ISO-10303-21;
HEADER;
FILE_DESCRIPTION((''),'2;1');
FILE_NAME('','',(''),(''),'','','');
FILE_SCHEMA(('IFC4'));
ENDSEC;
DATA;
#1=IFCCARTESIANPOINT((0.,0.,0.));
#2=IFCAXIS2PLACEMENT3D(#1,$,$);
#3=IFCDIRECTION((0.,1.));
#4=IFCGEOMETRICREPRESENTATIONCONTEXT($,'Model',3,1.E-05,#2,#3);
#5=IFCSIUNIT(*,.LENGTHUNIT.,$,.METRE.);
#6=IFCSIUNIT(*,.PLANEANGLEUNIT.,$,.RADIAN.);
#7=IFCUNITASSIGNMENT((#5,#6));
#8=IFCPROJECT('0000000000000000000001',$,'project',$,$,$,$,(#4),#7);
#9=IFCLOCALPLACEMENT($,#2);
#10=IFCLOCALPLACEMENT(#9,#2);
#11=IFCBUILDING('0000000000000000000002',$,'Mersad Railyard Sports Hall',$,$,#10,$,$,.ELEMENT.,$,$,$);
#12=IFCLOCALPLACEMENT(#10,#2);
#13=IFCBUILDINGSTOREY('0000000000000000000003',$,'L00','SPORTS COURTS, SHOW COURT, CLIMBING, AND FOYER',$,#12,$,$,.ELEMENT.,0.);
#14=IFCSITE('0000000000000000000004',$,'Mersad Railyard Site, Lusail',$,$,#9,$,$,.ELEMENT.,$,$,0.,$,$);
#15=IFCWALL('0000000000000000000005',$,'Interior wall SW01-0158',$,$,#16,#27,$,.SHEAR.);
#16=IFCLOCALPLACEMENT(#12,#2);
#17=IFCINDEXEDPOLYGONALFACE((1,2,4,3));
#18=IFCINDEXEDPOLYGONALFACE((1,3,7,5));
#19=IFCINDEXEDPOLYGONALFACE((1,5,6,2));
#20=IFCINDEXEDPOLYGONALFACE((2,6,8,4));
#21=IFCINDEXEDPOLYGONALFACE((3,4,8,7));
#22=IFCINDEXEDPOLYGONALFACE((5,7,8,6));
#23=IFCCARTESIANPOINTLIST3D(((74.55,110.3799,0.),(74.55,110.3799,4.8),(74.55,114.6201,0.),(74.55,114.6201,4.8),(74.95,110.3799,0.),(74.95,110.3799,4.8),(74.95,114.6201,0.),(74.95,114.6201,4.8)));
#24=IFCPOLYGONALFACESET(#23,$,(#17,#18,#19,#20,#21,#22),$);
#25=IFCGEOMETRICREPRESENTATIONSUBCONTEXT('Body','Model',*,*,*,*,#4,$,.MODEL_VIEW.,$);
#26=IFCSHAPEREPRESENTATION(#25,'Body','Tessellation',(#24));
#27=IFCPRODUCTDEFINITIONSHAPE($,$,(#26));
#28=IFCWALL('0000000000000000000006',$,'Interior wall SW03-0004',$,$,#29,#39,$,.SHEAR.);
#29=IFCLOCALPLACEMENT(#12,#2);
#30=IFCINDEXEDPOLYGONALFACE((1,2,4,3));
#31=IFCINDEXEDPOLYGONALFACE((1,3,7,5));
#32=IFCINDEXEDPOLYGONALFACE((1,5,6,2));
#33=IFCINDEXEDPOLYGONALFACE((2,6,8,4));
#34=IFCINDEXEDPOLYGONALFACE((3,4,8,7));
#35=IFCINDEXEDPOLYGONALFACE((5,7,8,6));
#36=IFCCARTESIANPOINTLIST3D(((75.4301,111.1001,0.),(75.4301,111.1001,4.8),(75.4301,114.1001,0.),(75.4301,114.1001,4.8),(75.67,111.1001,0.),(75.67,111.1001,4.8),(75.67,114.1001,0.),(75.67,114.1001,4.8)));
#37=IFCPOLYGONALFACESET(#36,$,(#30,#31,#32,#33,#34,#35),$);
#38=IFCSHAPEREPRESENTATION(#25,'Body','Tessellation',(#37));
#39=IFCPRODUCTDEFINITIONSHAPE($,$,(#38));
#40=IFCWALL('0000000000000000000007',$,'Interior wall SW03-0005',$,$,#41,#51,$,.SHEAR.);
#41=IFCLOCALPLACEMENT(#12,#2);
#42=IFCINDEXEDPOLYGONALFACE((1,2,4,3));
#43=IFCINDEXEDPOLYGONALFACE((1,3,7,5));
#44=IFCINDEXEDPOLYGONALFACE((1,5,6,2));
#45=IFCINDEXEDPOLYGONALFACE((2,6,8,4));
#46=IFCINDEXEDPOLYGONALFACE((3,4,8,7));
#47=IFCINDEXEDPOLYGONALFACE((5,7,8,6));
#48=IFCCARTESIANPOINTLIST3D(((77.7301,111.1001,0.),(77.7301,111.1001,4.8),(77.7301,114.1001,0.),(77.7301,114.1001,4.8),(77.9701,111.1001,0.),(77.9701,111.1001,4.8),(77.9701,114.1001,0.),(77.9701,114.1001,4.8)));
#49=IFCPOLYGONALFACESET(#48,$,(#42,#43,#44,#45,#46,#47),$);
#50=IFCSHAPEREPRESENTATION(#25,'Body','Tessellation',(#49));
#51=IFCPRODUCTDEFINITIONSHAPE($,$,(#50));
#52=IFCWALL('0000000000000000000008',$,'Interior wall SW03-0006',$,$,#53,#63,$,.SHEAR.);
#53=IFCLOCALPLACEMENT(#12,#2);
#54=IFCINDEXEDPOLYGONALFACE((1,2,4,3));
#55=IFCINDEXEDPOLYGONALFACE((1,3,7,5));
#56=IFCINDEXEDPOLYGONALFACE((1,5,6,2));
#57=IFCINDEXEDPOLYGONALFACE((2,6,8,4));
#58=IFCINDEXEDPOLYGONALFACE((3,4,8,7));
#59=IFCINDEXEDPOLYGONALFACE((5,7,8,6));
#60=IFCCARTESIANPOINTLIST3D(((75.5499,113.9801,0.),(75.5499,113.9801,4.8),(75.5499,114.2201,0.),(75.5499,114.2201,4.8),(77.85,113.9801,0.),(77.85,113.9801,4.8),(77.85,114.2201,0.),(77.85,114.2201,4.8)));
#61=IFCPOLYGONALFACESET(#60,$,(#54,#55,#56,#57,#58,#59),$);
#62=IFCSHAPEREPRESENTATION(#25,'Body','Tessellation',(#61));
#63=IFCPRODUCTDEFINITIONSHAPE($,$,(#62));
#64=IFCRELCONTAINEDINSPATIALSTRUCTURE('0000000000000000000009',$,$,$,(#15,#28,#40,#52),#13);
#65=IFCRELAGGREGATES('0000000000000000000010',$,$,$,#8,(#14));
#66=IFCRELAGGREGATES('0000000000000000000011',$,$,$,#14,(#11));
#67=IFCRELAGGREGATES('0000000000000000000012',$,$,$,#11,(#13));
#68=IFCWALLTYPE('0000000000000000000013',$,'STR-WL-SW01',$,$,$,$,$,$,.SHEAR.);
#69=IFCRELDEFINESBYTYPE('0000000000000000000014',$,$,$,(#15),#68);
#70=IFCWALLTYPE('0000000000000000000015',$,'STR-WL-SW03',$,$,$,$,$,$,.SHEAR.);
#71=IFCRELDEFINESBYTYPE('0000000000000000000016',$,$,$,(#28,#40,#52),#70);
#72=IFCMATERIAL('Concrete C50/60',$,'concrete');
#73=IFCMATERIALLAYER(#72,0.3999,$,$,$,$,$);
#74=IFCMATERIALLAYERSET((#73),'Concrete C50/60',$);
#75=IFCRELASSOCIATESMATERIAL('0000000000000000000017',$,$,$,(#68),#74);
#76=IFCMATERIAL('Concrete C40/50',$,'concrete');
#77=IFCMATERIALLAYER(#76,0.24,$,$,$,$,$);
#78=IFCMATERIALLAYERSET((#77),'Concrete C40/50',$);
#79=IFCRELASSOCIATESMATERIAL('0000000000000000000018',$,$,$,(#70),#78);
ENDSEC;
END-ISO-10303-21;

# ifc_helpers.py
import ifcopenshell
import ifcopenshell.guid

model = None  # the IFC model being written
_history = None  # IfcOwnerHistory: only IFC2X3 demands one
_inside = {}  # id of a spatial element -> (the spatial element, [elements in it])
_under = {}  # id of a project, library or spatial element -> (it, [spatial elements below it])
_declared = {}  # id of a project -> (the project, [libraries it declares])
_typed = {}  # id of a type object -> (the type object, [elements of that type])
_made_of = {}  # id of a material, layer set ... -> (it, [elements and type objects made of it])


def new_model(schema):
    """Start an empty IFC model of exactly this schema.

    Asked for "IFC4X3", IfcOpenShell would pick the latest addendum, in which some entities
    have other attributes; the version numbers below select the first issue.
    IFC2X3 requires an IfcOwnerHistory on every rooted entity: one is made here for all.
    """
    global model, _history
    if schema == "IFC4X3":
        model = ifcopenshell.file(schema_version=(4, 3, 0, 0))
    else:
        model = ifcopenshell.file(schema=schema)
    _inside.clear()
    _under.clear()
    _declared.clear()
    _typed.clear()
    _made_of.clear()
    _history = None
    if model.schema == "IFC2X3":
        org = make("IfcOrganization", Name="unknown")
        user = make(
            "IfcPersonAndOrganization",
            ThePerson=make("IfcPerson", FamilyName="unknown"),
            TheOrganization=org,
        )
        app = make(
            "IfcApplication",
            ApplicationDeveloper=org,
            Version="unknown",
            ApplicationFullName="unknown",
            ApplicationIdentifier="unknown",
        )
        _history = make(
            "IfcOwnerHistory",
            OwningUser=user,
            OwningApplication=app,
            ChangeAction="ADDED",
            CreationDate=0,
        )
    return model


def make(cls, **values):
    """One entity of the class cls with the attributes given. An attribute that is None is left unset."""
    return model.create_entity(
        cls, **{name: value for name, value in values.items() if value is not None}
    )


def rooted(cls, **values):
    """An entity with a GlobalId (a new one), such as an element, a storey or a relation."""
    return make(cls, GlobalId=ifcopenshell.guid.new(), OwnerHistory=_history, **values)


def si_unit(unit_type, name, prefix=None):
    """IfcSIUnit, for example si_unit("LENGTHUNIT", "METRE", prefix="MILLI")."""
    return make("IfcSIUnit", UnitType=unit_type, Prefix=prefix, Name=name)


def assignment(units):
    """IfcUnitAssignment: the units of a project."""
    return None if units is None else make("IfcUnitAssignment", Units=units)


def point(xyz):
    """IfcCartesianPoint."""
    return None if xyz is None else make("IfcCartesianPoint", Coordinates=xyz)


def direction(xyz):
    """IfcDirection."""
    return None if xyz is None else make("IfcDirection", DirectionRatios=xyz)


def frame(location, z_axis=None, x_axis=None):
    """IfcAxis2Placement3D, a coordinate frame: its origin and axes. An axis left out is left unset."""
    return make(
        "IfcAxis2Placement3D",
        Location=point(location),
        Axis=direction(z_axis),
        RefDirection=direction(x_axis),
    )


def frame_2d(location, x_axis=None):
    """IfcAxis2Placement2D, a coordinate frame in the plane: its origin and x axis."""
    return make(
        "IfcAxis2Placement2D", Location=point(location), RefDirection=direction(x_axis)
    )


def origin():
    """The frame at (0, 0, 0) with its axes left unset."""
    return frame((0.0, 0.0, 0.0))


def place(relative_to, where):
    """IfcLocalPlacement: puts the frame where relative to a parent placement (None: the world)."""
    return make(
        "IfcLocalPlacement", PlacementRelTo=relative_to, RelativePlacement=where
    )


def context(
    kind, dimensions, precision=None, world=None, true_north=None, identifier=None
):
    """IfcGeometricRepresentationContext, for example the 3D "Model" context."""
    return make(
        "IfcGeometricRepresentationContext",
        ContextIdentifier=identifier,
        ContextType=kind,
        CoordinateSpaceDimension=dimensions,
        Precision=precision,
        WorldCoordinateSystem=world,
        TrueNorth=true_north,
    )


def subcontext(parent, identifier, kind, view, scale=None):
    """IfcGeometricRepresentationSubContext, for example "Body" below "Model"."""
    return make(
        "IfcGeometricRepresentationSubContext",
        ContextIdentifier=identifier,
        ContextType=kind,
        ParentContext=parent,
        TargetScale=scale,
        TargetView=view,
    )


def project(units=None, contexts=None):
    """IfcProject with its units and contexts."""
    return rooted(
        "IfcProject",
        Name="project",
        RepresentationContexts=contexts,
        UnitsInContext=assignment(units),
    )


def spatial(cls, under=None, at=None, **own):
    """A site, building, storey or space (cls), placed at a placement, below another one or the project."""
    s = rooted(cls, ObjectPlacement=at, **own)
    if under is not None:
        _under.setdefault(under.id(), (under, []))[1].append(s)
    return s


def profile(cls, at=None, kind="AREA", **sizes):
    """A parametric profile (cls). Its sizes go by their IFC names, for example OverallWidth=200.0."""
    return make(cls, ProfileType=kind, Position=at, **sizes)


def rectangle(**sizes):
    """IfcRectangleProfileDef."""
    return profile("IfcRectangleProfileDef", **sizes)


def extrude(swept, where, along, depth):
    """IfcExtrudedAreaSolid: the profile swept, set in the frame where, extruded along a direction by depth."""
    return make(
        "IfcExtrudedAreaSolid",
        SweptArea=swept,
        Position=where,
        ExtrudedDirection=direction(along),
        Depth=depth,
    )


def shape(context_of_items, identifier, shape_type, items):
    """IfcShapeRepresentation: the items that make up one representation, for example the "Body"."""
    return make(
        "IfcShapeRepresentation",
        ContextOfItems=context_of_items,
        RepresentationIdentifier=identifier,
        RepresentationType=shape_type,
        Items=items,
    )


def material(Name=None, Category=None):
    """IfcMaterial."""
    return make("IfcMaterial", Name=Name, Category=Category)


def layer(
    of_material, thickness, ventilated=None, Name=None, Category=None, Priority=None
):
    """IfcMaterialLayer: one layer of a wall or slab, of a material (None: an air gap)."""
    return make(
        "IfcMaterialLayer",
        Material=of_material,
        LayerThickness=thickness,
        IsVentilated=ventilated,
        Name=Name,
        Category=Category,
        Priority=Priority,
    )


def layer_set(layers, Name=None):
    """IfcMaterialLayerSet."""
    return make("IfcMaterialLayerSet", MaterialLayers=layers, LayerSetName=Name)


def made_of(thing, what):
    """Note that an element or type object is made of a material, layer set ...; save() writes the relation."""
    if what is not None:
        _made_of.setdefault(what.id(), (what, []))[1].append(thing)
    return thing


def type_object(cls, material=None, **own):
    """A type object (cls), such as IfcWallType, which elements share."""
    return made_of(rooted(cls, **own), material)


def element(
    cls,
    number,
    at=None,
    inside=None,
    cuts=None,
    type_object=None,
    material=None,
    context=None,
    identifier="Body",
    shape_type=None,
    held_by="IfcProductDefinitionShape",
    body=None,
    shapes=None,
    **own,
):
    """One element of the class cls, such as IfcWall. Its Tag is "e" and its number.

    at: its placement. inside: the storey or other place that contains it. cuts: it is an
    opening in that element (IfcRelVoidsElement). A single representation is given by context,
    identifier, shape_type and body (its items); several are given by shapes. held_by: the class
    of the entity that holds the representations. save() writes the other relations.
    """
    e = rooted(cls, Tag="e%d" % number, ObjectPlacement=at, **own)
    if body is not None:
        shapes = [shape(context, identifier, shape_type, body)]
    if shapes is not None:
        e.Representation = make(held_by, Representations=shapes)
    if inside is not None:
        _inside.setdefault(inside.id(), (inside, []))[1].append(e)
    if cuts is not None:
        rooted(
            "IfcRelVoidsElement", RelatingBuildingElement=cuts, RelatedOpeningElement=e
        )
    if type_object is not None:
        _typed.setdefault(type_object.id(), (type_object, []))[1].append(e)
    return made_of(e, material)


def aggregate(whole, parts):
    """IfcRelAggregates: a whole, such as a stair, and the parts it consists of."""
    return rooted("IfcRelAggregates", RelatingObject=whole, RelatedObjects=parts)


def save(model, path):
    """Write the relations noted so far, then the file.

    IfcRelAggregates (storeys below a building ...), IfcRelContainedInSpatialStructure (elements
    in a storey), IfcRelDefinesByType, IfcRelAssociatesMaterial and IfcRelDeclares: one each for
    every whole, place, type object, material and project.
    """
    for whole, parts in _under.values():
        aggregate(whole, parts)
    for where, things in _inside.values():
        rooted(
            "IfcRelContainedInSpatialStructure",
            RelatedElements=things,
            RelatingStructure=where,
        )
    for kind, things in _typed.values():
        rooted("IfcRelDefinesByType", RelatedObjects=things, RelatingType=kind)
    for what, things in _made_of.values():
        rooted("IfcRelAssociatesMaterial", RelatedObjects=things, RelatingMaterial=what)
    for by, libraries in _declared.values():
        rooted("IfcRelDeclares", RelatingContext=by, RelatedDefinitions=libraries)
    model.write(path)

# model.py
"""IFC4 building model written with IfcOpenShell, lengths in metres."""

from ifc_helpers import new_model, si_unit, direction, frame, frame_2d, origin, place, context, subcontext, project, spatial, rectangle, extrude, material, layer, layer_set, type_object, element, save


model = new_model("IFC4")

# Units and contexts
model_context = context("Model", 3, precision=1e-05, world=origin(), true_north=direction((0.0, 1.0)))
body_context = subcontext(model_context, "Body", "Model", "MODEL_VIEW")
ifc_project = project(units=[si_unit("LENGTHUNIT", "METRE"), si_unit("PLANEANGLEUNIT", "RADIAN")], contexts=[model_context])

# Site, building, storey
site_placement = place(None, origin())
site = spatial("IfcSite", under=ifc_project, at=site_placement, Name="Mersad Railyard Site, Lusail", CompositionType="ELEMENT", RefElevation=0.0)
building_placement = place(site_placement, origin())
building = spatial("IfcBuilding", under=site, at=building_placement, Name="Mersad Railyard Sports Hall", CompositionType="ELEMENT")
storey_placement = place(building_placement, origin())
storey = spatial("IfcBuildingStorey", under=building, at=storey_placement, Name="L00", Description="SPORTS COURTS, SHOW COURT, CLIMBING, AND FOYER", CompositionType="ELEMENT", Elevation=0.0)

# Shared definitions
ifc_material_1 = material(Name="Concrete C50/60", Category="concrete")

# Shared definitions
ifc_material_2 = material(Name="Concrete C40/50", Category="concrete")

# Walls
ifc_layer_1 = layer(ifc_material_1, 0.3999)
ifc_layer_set_1 = layer_set([ifc_layer_1], Name="Concrete C50/60")
wall_type_1 = type_object("IfcWallType", Name="STR-WL-SW01", PredefinedType="SHEAR", material=ifc_layer_set_1)
wall_1_placement = place(storey_placement, frame((74.75, 110.3799, 0.0), z_axis=(0.0, 0.0, 1.0), x_axis=(0.0, 1.0, 0.0)))
element("IfcWall", 1, at=wall_1_placement, inside=storey, type_object=wall_type_1, Name="Interior wall SW01-0158", PredefinedType="SHEAR", context=body_context, shape_type="SweptSolid", body=[
    extrude(rectangle(XDim=4.2402, YDim=0.3999, at=frame_2d((2.1201, 0.0))), origin(), (0.0, 0.0, 1.0), 4.8),
])
ifc_layer_2 = layer(ifc_material_2, 0.24)
ifc_layer_set_2 = layer_set([ifc_layer_2], Name="Concrete C40/50")
wall_type_2 = type_object("IfcWallType", Name="STR-WL-SW03", PredefinedType="SHEAR", material=ifc_layer_set_2)
for number, where, z_axis, x_axis, name in (
    (2, (75.55, 111.1001, 0.0), (0.0, 0.0, 1.0), (0.0, 1.0, 0.0), "Interior wall SW03-0004"),
    (3, (77.8501, 114.1001, 0.0), (0.0, 0.0, 1.0), (0.0, -1.0, 0.0), "Interior wall SW03-0005"),
):
    element("IfcWall", number, at=place(storey_placement, frame(where, z_axis=z_axis, x_axis=x_axis)), inside=storey, type_object=wall_type_2, Name=name, PredefinedType="SHEAR", context=body_context, shape_type="SweptSolid", body=[
        extrude(rectangle(XDim=3.0, YDim=0.24, at=frame_2d((1.5, 0.0))), origin(), (0.0, 0.0, 1.0), 4.8),
    ])
wall_2_placement = place(storey_placement, frame((75.55, 114.1001, 0.0), z_axis=(0.0, 0.0, 1.0), x_axis=(1.0, 0.0, 0.0)))
element("IfcWall", 4, at=wall_2_placement, inside=storey, type_object=wall_type_2, Name="Interior wall SW03-0006", PredefinedType="SHEAR", context=body_context, shape_type="SweptSolid", body=[
    extrude(rectangle(XDim=2.3, YDim=0.24, at=frame_2d((1.1499, 0.0))), origin(), (0.0, 0.0, 1.0), 4.8),
])

save(model, "model.ifc")
